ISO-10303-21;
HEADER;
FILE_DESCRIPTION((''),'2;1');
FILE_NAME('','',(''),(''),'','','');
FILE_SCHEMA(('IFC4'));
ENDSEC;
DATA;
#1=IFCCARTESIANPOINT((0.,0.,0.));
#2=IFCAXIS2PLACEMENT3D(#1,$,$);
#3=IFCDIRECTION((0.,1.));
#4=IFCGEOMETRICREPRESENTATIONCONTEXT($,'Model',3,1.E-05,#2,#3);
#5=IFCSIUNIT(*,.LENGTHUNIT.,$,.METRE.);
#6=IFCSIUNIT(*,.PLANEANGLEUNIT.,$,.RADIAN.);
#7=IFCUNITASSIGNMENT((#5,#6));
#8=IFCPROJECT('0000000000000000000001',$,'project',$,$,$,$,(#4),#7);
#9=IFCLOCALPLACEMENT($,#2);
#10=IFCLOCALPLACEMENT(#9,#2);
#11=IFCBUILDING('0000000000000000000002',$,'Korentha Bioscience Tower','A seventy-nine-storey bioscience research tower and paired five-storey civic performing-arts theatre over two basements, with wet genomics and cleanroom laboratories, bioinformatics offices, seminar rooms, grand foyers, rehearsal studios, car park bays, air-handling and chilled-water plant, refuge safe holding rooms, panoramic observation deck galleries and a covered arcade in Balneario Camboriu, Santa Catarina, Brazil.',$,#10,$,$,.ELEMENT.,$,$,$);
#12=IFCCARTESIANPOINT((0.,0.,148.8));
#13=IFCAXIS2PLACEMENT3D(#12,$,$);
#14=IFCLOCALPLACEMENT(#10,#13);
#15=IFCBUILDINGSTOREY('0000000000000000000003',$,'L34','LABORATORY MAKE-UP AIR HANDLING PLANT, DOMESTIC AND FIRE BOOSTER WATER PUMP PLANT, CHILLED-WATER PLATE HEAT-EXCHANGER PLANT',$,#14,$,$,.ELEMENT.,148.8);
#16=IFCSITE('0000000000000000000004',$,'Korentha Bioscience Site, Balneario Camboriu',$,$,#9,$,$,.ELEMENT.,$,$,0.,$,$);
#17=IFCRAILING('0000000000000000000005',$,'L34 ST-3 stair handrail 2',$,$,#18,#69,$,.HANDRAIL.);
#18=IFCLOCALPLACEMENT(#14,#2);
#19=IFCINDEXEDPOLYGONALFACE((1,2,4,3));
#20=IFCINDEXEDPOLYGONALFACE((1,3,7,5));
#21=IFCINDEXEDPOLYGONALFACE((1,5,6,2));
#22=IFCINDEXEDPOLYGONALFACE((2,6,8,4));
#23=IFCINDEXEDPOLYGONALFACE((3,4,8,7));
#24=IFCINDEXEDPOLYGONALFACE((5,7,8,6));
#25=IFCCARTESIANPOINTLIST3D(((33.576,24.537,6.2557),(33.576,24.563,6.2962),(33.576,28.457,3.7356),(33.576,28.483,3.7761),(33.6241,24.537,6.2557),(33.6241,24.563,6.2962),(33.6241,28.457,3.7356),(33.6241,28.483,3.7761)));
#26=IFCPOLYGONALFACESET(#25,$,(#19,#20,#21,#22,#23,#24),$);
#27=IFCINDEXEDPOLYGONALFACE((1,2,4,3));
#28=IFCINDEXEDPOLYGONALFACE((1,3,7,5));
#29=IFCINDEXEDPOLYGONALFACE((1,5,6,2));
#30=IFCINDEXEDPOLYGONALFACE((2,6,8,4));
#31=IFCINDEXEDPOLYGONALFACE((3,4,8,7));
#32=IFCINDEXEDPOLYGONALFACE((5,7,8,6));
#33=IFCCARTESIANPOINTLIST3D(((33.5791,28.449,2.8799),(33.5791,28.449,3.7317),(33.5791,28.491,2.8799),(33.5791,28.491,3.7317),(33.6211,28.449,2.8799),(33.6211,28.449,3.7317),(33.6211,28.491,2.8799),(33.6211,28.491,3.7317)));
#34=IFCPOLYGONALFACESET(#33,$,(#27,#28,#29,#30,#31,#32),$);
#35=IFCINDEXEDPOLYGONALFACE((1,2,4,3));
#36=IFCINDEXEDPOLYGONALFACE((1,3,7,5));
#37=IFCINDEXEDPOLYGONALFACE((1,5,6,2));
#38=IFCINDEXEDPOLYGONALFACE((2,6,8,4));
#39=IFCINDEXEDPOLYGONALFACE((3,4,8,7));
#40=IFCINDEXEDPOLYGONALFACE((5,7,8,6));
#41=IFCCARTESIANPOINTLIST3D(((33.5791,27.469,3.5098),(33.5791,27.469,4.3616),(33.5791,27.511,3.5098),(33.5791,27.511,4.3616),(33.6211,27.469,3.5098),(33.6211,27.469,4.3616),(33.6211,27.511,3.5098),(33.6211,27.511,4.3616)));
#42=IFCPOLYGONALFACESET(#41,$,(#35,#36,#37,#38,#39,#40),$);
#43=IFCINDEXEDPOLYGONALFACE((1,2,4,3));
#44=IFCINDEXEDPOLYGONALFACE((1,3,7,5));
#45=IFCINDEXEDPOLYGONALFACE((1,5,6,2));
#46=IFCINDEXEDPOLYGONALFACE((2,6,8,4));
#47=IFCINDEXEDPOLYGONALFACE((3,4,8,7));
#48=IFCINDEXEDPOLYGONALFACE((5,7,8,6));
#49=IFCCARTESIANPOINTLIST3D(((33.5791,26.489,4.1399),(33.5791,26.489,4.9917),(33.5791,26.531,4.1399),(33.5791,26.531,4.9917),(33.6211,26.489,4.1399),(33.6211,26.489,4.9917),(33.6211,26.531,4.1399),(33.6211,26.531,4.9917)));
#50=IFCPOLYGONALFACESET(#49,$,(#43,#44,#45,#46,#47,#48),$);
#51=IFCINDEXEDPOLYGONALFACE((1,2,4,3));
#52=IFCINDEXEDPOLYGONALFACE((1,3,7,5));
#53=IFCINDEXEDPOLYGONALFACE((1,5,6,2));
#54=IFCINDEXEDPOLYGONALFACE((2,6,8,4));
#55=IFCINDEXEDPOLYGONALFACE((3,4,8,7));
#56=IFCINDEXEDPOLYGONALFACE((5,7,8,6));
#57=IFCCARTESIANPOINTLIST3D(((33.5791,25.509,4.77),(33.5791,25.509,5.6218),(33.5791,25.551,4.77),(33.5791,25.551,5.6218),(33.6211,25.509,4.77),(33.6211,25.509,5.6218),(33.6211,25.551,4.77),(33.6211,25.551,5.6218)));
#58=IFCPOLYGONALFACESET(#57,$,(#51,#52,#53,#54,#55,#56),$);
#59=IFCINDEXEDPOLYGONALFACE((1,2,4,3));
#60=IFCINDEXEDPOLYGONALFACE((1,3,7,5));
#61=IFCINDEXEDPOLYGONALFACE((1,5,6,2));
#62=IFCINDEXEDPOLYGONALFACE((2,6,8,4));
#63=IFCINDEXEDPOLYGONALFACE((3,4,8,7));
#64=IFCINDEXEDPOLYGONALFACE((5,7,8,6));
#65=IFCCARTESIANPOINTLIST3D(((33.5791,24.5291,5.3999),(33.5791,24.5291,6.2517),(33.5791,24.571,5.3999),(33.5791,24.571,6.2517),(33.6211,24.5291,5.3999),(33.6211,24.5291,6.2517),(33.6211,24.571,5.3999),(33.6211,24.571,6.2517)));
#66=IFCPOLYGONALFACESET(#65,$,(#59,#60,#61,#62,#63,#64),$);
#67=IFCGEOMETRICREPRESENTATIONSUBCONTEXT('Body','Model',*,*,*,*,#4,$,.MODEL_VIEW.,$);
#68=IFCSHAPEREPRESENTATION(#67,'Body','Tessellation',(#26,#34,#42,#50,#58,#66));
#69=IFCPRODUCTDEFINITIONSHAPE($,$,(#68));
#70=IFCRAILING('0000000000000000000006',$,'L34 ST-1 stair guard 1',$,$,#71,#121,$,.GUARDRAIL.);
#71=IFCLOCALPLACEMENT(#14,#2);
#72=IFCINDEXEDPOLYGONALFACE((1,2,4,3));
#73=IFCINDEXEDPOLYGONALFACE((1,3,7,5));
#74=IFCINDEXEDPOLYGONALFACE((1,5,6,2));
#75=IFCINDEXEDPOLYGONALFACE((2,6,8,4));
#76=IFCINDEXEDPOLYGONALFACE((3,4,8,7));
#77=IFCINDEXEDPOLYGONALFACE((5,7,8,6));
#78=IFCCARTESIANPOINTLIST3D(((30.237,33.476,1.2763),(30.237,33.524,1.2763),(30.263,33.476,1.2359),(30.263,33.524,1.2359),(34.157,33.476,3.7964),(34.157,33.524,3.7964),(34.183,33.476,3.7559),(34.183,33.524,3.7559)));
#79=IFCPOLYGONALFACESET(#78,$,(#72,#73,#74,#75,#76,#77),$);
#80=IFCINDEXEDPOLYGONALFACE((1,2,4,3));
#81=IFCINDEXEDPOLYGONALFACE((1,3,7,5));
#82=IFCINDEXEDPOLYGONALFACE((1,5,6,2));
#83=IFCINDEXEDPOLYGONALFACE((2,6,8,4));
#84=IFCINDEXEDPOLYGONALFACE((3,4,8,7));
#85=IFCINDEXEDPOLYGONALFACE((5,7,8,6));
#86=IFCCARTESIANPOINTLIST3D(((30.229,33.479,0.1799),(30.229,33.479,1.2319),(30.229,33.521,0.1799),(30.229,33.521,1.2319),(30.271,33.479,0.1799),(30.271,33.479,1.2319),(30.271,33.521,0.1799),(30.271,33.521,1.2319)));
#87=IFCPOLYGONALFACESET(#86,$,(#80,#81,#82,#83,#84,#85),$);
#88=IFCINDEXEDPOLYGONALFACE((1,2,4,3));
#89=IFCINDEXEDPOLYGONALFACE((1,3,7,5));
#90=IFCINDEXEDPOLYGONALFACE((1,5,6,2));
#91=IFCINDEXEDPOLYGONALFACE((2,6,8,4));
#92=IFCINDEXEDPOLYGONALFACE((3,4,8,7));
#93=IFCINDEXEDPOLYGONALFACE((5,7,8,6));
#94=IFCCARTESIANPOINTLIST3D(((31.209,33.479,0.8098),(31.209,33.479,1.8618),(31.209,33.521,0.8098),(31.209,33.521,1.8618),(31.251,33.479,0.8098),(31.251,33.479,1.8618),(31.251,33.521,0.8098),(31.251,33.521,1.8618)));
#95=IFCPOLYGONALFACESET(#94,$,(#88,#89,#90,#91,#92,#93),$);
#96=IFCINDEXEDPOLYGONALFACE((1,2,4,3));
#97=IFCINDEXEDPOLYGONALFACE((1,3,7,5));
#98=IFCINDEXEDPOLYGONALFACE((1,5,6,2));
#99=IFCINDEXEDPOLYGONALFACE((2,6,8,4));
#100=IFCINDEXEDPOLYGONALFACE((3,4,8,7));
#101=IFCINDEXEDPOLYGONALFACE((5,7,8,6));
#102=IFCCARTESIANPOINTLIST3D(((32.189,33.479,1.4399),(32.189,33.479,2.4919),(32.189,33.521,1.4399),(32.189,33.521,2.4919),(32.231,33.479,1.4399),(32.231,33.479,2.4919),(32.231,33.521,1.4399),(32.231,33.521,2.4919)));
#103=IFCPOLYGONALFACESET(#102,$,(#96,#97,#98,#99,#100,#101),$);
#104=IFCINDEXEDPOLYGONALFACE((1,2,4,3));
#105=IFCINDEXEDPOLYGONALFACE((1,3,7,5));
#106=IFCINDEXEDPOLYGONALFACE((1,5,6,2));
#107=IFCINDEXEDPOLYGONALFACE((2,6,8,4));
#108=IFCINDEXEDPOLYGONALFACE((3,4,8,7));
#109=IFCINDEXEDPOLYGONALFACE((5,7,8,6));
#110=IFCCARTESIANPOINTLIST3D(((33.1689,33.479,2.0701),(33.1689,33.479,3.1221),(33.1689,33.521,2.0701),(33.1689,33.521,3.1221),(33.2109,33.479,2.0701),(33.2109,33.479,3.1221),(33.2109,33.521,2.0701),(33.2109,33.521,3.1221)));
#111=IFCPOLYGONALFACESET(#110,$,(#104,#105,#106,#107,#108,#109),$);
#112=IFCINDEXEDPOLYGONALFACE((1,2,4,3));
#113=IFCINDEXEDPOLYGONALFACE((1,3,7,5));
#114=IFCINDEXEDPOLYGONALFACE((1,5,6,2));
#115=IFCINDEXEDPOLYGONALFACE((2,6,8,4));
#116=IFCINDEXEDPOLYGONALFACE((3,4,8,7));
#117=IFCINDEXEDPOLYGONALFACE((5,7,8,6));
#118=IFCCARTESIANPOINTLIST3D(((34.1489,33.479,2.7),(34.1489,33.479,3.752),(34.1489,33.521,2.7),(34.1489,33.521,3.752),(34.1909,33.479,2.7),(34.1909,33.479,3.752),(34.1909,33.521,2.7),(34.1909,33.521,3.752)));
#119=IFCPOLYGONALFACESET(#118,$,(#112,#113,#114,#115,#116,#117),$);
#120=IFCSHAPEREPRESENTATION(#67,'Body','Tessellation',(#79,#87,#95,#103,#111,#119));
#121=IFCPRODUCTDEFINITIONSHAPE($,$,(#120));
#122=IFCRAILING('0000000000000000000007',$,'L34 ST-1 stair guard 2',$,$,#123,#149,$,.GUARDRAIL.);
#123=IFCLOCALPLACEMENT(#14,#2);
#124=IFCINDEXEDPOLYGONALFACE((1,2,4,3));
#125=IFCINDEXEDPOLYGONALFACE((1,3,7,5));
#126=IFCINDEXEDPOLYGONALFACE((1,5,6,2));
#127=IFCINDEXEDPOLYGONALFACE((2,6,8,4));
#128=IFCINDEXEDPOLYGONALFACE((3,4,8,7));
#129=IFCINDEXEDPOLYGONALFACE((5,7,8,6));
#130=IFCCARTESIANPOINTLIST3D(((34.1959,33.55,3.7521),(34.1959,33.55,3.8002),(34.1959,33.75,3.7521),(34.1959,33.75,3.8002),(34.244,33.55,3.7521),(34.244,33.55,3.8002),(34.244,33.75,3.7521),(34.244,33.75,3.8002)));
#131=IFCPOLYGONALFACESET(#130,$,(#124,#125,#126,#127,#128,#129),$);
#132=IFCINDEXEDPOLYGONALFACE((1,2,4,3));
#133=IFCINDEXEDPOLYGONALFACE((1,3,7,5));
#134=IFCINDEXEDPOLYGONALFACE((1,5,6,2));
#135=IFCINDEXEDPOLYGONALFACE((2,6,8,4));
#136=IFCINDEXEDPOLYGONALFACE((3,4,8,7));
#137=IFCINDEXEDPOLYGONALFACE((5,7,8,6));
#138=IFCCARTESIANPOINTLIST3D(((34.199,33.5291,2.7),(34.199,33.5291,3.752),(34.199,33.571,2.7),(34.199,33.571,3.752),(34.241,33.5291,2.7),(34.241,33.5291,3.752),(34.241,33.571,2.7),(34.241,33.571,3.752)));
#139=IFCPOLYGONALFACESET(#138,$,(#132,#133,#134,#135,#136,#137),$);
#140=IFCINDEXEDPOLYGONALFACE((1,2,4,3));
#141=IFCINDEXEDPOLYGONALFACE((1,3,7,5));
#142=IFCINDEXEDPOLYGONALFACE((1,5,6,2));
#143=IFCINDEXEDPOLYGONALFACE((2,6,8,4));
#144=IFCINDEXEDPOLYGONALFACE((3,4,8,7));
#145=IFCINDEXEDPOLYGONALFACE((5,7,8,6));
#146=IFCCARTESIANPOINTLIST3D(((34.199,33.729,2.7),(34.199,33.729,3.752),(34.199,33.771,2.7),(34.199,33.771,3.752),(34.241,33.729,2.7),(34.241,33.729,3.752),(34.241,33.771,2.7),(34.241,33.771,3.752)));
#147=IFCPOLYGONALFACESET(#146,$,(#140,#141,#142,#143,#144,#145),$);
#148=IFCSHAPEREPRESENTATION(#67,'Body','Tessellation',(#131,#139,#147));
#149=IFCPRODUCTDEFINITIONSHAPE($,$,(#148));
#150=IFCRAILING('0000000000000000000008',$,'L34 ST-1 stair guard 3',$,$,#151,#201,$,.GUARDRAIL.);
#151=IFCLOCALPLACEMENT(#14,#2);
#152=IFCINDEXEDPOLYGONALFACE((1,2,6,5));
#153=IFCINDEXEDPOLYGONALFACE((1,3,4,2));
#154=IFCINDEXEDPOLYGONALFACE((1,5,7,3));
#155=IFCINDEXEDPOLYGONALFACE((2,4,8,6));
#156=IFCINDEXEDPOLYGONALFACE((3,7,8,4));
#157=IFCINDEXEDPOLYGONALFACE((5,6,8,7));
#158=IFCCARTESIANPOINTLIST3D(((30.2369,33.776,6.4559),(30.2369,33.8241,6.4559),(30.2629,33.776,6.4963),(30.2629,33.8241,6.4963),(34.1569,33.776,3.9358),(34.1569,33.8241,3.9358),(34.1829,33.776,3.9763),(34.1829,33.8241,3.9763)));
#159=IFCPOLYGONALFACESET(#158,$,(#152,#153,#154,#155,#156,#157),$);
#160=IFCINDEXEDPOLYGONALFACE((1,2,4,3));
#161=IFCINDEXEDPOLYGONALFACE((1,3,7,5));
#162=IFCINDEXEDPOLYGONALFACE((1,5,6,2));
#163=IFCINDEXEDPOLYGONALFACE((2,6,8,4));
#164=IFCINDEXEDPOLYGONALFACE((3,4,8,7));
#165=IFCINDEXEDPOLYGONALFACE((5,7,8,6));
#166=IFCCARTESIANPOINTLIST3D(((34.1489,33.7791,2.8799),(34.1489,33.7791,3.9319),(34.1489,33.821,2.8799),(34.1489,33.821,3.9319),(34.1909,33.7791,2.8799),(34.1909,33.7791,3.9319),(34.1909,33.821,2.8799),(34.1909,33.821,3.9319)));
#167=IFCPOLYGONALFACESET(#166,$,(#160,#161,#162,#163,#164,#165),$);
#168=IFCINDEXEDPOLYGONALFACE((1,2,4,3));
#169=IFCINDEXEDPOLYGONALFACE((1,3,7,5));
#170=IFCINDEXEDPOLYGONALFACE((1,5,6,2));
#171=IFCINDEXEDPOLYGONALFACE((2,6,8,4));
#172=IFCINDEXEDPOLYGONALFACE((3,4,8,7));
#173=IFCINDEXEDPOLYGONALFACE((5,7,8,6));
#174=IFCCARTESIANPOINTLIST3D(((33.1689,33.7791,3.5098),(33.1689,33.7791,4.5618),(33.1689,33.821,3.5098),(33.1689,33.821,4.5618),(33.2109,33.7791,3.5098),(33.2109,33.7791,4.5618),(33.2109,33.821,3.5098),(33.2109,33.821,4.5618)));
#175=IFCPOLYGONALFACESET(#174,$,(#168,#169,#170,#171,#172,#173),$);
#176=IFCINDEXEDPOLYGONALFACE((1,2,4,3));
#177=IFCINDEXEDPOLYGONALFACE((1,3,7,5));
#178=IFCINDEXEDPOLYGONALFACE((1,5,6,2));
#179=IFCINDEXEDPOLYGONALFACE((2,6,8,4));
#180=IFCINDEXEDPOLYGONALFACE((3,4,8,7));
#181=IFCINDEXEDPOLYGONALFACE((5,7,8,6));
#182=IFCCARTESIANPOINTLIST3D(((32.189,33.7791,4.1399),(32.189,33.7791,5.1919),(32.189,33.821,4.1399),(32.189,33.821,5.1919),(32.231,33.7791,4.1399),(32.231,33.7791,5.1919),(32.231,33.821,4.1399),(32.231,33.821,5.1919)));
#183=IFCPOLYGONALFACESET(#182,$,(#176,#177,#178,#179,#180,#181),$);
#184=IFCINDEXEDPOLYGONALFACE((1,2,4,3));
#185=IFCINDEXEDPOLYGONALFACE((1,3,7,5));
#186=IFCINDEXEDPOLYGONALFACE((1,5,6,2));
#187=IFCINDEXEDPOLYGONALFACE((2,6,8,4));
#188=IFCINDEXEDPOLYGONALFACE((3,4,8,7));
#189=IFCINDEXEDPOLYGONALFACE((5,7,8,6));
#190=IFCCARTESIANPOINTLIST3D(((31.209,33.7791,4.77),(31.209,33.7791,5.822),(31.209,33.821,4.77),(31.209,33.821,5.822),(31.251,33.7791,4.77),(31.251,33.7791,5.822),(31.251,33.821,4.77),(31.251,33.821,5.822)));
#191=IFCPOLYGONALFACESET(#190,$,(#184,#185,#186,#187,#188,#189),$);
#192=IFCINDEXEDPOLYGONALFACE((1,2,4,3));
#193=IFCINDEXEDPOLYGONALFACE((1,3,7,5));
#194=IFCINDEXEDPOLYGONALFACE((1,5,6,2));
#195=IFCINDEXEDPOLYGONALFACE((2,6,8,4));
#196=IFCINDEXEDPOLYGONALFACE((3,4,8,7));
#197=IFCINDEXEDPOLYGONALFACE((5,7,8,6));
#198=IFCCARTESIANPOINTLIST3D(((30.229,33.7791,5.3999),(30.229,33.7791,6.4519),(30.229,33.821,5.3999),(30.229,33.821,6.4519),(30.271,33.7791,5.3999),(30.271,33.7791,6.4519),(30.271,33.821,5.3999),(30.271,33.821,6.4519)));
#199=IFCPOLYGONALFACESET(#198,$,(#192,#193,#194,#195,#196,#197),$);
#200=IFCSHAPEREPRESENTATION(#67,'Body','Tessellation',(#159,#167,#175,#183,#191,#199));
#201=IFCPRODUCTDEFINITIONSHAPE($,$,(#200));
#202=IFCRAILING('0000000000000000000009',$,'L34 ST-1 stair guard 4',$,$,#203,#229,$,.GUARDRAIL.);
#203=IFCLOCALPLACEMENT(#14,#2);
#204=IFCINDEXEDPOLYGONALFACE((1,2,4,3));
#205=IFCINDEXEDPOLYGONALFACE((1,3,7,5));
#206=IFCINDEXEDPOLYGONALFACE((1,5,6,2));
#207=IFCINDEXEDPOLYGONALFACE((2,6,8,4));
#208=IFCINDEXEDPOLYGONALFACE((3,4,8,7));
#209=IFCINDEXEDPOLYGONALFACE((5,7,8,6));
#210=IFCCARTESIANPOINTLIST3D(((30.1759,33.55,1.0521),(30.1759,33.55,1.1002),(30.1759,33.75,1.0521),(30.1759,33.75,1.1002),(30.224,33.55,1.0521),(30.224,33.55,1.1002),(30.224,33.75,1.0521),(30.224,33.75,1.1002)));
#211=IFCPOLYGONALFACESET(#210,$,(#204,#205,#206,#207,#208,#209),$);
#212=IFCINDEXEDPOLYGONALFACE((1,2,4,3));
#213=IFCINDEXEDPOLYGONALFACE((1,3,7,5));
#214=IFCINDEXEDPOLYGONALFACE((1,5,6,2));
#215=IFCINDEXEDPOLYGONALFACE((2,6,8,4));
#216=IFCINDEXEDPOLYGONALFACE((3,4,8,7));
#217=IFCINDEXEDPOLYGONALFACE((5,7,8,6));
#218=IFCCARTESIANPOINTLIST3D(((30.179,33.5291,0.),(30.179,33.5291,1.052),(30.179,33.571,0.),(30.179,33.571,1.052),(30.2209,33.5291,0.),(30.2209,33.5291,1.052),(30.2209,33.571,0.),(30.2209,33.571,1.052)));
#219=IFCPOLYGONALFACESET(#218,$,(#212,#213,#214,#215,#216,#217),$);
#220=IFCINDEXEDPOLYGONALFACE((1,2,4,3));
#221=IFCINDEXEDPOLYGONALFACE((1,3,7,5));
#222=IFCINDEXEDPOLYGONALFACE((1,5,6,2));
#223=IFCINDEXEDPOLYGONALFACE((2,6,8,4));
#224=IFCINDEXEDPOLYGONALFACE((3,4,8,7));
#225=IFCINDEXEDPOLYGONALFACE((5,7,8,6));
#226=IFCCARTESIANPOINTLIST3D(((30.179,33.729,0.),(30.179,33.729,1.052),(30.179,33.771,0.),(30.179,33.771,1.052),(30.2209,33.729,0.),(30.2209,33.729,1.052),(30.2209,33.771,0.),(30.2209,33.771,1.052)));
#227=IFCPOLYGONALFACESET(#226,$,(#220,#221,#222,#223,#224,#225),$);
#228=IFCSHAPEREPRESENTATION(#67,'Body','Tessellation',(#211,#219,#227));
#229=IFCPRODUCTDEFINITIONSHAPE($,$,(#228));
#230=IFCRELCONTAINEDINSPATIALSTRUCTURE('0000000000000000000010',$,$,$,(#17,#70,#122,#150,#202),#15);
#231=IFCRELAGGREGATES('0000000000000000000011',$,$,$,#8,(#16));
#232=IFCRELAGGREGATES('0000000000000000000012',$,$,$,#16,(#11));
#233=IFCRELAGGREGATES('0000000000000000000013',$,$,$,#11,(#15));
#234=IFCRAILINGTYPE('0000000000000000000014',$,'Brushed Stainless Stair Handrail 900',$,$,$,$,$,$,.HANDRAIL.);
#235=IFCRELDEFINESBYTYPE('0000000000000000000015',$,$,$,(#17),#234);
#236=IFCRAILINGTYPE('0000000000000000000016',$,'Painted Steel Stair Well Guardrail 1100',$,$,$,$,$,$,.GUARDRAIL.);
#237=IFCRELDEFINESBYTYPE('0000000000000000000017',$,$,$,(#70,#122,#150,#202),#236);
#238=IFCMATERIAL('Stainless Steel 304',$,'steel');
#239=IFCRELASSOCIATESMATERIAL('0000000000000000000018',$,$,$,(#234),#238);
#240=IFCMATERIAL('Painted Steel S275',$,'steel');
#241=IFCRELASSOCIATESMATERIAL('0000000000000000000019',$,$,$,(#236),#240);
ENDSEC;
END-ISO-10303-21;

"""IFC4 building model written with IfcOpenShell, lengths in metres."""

from ifc_helpers import new_model, si_unit, direction, frame, origin, origin_2d, place, context, subcontext, project, spatial, rectangle, extrude, material, type_object, element, save


model = new_model("IFC4")

# Units and contexts
model_context = context("Model", 3, precision=1e-05, world=origin(), true_north=direction((0.0, 1.0)))
body_context = subcontext(model_context, "Body", "Model", "MODEL_VIEW")
ifc_project = project(units=[si_unit("LENGTHUNIT", "METRE"), si_unit("PLANEANGLEUNIT", "RADIAN")], contexts=[model_context])

# Site, building, storey
site_placement = place(None, origin())
site = spatial("IfcSite", under=ifc_project, at=site_placement, Name="Korentha Bioscience Site, Balneario Camboriu", CompositionType="ELEMENT", RefElevation=0.0)
building_placement = place(site_placement, origin())
building = spatial("IfcBuilding", under=site, at=building_placement, Name="Korentha Bioscience Tower", Description="A seventy-nine-storey bioscience research tower and paired five-storey civic performing-arts theatre over two basements, with wet genomics and cleanroom laboratories, bioinformatics offices, seminar rooms, grand foyers, rehearsal studios, car park bays, air-handling and chilled-water plant, refuge safe holding rooms, panoramic observation deck galleries and a covered arcade in Balneario Camboriu, Santa Catarina, Brazil.", CompositionType="ELEMENT")
storey_placement = place(building_placement, frame((0.0, 0.0, 148.8)))
storey = spatial("IfcBuildingStorey", under=building, at=storey_placement, Name="L34", Description="LABORATORY MAKE-UP AIR HANDLING PLANT, DOMESTIC AND FIRE BOOSTER WATER PUMP PLANT, CHILLED-WATER PLATE HEAT-EXCHANGER PLANT", CompositionType="ELEMENT", Elevation=148.8)

# Railings
ifc_material_1 = material(Name="Stainless Steel 304", Category="steel")
railing_type_1 = type_object("IfcRailingType", Name="Brushed Stainless Stair Handrail 900", PredefinedType="HANDRAIL", material=ifc_material_1)
railing_1_placement = place(storey_placement, frame((33.6001, 28.47, 2.8799)))
element("IfcRailing", 1, at=railing_1_placement, inside=storey, type_object=railing_type_1, Name="L34 ST-3 stair handrail 2", PredefinedType="HANDRAIL", context=body_context, shape_type="SweptSolid", body=[
    extrude(rectangle(XDim=0.0481, YDim=0.0481, at=origin_2d()), frame((0.0, 0.0, 0.876), z_axis=(0.0, -0.841172, 0.540768), x_axis=(1.0, 0.0, 0.0)), (0.0, 0.0, 1.0), 4.6602),
    extrude(rectangle(XDim=0.042, YDim=0.042, at=origin_2d()), origin(), (0.0, 0.0, 1.0), 0.8518),
    extrude(rectangle(XDim=0.042, YDim=0.042, at=origin_2d()), frame((0.0, -0.98, 0.6299)), (0.0, 0.0, 1.0), 0.8518),
    extrude(rectangle(XDim=0.042, YDim=0.042, at=origin_2d()), frame((0.0, -1.96, 1.26)), (0.0, 0.0, 1.0), 0.8518),
    extrude(rectangle(XDim=0.042, YDim=0.042, at=origin_2d()), frame((0.0, -2.9399, 1.8901)), (0.0, 0.0, 1.0), 0.8518),
    extrude(rectangle(XDim=0.042, YDim=0.042, at=origin_2d()), frame((0.0, -3.9199, 2.52)), (0.0, 0.0, 1.0), 0.8518),
])
ifc_material_2 = material(Name="Painted Steel S275", Category="steel")
railing_type_2 = type_object("IfcRailingType", Name="Painted Steel Stair Well Guardrail 1100", PredefinedType="GUARDRAIL", material=ifc_material_2)
railing_2_placement = place(storey_placement, frame((30.25, 33.5, 0.1799)))
element("IfcRailing", 2, at=railing_2_placement, inside=storey, type_object=railing_type_2, Name="L34 ST-1 stair guard 1", PredefinedType="GUARDRAIL", context=body_context, shape_type="SweptSolid", body=[
    extrude(rectangle(XDim=0.0481, YDim=0.0481, at=origin_2d()), frame((0.0, 0.0, 1.0762), z_axis=(0.841172, 0.0, 0.540768), x_axis=(0.0, 1.0, 0.0)), (0.0, 0.0, 1.0), 4.6602),
    extrude(rectangle(XDim=0.042, YDim=0.042, at=origin_2d()), origin(), (0.0, 0.0, 1.0), 1.052),
    extrude(rectangle(XDim=0.042, YDim=0.042, at=origin_2d()), frame((0.98, 0.0, 0.6299)), (0.0, 0.0, 1.0), 1.052),
    extrude(rectangle(XDim=0.042, YDim=0.042, at=origin_2d()), frame((1.96, 0.0, 1.26)), (0.0, 0.0, 1.0), 1.052),
    extrude(rectangle(XDim=0.042, YDim=0.042, at=origin_2d()), frame((2.9399, 0.0, 1.8901)), (0.0, 0.0, 1.0), 1.052),
    extrude(rectangle(XDim=0.042, YDim=0.042, at=origin_2d()), frame((3.9199, 0.0, 2.52)), (0.0, 0.0, 1.0), 1.052),
])
railing_3_placement = place(storey_placement, frame((34.22, 33.55, 2.7)))
element("IfcRailing", 3, at=railing_3_placement, inside=storey, type_object=railing_type_2, Name="L34 ST-1 stair guard 2", PredefinedType="GUARDRAIL", context=body_context, shape_type="SweptSolid", body=[
    extrude(rectangle(XDim=0.0481, YDim=0.0481, at=origin_2d()), frame((0.0, 0.0, 1.0762), z_axis=(0.0, 1.0, 0.0), x_axis=(-1.0, 0.0, 0.0)), (0.0, 0.0, 1.0), 0.2),
    extrude(rectangle(XDim=0.042, YDim=0.042, at=origin_2d()), origin(), (0.0, 0.0, 1.0), 1.052),
    extrude(rectangle(XDim=0.042, YDim=0.042, at=origin_2d()), frame((0.0, 0.2, 0.0)), (0.0, 0.0, 1.0), 1.052),
])
railing_4_placement = place(storey_placement, frame((34.1699, 33.8, 2.8799)))
element("IfcRailing", 4, at=railing_4_placement, inside=storey, type_object=railing_type_2, Name="L34 ST-1 stair guard 3", PredefinedType="GUARDRAIL", context=body_context, shape_type="SweptSolid", body=[
    extrude(rectangle(XDim=0.0481, YDim=0.0481, at=origin_2d()), frame((0.0, 0.0, 1.0762), z_axis=(-0.841172, 0.0, 0.540768), x_axis=(0.0, -1.0, 0.0)), (0.0, 0.0, 1.0), 4.6602),
    extrude(rectangle(XDim=0.042, YDim=0.042, at=origin_2d()), origin(), (0.0, 0.0, 1.0), 1.052),
    extrude(rectangle(XDim=0.042, YDim=0.042, at=origin_2d()), frame((-0.98, 0.0, 0.6299)), (0.0, 0.0, 1.0), 1.052),
    extrude(rectangle(XDim=0.042, YDim=0.042, at=origin_2d()), frame((-1.96, 0.0, 1.26)), (0.0, 0.0, 1.0), 1.052),
    extrude(rectangle(XDim=0.042, YDim=0.042, at=origin_2d()), frame((-2.9399, 0.0, 1.8901)), (0.0, 0.0, 1.0), 1.052),
    extrude(rectangle(XDim=0.042, YDim=0.042, at=origin_2d()), frame((-3.9199, 0.0, 2.52)), (0.0, 0.0, 1.0), 1.052),
])
railing_5_placement = place(storey_placement, frame((30.2, 33.55, 0.0)))
element("IfcRailing", 5, at=railing_5_placement, inside=storey, type_object=railing_type_2, Name="L34 ST-1 stair guard 4", PredefinedType="GUARDRAIL", context=body_context, shape_type="SweptSolid", body=[
    extrude(rectangle(XDim=0.0481, YDim=0.0481, at=origin_2d()), frame((0.0, 0.0, 1.0762), z_axis=(0.0, 1.0, 0.0), x_axis=(-1.0, 0.0, 0.0)), (0.0, 0.0, 1.0), 0.2),
    extrude(rectangle(XDim=0.042, YDim=0.042, at=origin_2d()), origin(), (0.0, 0.0, 1.0), 1.052),
    extrude(rectangle(XDim=0.042, YDim=0.042, at=origin_2d()), frame((0.0, 0.2, 0.0)), (0.0, 0.0, 1.0), 1.052),
])

save(model, "model.ifc")
